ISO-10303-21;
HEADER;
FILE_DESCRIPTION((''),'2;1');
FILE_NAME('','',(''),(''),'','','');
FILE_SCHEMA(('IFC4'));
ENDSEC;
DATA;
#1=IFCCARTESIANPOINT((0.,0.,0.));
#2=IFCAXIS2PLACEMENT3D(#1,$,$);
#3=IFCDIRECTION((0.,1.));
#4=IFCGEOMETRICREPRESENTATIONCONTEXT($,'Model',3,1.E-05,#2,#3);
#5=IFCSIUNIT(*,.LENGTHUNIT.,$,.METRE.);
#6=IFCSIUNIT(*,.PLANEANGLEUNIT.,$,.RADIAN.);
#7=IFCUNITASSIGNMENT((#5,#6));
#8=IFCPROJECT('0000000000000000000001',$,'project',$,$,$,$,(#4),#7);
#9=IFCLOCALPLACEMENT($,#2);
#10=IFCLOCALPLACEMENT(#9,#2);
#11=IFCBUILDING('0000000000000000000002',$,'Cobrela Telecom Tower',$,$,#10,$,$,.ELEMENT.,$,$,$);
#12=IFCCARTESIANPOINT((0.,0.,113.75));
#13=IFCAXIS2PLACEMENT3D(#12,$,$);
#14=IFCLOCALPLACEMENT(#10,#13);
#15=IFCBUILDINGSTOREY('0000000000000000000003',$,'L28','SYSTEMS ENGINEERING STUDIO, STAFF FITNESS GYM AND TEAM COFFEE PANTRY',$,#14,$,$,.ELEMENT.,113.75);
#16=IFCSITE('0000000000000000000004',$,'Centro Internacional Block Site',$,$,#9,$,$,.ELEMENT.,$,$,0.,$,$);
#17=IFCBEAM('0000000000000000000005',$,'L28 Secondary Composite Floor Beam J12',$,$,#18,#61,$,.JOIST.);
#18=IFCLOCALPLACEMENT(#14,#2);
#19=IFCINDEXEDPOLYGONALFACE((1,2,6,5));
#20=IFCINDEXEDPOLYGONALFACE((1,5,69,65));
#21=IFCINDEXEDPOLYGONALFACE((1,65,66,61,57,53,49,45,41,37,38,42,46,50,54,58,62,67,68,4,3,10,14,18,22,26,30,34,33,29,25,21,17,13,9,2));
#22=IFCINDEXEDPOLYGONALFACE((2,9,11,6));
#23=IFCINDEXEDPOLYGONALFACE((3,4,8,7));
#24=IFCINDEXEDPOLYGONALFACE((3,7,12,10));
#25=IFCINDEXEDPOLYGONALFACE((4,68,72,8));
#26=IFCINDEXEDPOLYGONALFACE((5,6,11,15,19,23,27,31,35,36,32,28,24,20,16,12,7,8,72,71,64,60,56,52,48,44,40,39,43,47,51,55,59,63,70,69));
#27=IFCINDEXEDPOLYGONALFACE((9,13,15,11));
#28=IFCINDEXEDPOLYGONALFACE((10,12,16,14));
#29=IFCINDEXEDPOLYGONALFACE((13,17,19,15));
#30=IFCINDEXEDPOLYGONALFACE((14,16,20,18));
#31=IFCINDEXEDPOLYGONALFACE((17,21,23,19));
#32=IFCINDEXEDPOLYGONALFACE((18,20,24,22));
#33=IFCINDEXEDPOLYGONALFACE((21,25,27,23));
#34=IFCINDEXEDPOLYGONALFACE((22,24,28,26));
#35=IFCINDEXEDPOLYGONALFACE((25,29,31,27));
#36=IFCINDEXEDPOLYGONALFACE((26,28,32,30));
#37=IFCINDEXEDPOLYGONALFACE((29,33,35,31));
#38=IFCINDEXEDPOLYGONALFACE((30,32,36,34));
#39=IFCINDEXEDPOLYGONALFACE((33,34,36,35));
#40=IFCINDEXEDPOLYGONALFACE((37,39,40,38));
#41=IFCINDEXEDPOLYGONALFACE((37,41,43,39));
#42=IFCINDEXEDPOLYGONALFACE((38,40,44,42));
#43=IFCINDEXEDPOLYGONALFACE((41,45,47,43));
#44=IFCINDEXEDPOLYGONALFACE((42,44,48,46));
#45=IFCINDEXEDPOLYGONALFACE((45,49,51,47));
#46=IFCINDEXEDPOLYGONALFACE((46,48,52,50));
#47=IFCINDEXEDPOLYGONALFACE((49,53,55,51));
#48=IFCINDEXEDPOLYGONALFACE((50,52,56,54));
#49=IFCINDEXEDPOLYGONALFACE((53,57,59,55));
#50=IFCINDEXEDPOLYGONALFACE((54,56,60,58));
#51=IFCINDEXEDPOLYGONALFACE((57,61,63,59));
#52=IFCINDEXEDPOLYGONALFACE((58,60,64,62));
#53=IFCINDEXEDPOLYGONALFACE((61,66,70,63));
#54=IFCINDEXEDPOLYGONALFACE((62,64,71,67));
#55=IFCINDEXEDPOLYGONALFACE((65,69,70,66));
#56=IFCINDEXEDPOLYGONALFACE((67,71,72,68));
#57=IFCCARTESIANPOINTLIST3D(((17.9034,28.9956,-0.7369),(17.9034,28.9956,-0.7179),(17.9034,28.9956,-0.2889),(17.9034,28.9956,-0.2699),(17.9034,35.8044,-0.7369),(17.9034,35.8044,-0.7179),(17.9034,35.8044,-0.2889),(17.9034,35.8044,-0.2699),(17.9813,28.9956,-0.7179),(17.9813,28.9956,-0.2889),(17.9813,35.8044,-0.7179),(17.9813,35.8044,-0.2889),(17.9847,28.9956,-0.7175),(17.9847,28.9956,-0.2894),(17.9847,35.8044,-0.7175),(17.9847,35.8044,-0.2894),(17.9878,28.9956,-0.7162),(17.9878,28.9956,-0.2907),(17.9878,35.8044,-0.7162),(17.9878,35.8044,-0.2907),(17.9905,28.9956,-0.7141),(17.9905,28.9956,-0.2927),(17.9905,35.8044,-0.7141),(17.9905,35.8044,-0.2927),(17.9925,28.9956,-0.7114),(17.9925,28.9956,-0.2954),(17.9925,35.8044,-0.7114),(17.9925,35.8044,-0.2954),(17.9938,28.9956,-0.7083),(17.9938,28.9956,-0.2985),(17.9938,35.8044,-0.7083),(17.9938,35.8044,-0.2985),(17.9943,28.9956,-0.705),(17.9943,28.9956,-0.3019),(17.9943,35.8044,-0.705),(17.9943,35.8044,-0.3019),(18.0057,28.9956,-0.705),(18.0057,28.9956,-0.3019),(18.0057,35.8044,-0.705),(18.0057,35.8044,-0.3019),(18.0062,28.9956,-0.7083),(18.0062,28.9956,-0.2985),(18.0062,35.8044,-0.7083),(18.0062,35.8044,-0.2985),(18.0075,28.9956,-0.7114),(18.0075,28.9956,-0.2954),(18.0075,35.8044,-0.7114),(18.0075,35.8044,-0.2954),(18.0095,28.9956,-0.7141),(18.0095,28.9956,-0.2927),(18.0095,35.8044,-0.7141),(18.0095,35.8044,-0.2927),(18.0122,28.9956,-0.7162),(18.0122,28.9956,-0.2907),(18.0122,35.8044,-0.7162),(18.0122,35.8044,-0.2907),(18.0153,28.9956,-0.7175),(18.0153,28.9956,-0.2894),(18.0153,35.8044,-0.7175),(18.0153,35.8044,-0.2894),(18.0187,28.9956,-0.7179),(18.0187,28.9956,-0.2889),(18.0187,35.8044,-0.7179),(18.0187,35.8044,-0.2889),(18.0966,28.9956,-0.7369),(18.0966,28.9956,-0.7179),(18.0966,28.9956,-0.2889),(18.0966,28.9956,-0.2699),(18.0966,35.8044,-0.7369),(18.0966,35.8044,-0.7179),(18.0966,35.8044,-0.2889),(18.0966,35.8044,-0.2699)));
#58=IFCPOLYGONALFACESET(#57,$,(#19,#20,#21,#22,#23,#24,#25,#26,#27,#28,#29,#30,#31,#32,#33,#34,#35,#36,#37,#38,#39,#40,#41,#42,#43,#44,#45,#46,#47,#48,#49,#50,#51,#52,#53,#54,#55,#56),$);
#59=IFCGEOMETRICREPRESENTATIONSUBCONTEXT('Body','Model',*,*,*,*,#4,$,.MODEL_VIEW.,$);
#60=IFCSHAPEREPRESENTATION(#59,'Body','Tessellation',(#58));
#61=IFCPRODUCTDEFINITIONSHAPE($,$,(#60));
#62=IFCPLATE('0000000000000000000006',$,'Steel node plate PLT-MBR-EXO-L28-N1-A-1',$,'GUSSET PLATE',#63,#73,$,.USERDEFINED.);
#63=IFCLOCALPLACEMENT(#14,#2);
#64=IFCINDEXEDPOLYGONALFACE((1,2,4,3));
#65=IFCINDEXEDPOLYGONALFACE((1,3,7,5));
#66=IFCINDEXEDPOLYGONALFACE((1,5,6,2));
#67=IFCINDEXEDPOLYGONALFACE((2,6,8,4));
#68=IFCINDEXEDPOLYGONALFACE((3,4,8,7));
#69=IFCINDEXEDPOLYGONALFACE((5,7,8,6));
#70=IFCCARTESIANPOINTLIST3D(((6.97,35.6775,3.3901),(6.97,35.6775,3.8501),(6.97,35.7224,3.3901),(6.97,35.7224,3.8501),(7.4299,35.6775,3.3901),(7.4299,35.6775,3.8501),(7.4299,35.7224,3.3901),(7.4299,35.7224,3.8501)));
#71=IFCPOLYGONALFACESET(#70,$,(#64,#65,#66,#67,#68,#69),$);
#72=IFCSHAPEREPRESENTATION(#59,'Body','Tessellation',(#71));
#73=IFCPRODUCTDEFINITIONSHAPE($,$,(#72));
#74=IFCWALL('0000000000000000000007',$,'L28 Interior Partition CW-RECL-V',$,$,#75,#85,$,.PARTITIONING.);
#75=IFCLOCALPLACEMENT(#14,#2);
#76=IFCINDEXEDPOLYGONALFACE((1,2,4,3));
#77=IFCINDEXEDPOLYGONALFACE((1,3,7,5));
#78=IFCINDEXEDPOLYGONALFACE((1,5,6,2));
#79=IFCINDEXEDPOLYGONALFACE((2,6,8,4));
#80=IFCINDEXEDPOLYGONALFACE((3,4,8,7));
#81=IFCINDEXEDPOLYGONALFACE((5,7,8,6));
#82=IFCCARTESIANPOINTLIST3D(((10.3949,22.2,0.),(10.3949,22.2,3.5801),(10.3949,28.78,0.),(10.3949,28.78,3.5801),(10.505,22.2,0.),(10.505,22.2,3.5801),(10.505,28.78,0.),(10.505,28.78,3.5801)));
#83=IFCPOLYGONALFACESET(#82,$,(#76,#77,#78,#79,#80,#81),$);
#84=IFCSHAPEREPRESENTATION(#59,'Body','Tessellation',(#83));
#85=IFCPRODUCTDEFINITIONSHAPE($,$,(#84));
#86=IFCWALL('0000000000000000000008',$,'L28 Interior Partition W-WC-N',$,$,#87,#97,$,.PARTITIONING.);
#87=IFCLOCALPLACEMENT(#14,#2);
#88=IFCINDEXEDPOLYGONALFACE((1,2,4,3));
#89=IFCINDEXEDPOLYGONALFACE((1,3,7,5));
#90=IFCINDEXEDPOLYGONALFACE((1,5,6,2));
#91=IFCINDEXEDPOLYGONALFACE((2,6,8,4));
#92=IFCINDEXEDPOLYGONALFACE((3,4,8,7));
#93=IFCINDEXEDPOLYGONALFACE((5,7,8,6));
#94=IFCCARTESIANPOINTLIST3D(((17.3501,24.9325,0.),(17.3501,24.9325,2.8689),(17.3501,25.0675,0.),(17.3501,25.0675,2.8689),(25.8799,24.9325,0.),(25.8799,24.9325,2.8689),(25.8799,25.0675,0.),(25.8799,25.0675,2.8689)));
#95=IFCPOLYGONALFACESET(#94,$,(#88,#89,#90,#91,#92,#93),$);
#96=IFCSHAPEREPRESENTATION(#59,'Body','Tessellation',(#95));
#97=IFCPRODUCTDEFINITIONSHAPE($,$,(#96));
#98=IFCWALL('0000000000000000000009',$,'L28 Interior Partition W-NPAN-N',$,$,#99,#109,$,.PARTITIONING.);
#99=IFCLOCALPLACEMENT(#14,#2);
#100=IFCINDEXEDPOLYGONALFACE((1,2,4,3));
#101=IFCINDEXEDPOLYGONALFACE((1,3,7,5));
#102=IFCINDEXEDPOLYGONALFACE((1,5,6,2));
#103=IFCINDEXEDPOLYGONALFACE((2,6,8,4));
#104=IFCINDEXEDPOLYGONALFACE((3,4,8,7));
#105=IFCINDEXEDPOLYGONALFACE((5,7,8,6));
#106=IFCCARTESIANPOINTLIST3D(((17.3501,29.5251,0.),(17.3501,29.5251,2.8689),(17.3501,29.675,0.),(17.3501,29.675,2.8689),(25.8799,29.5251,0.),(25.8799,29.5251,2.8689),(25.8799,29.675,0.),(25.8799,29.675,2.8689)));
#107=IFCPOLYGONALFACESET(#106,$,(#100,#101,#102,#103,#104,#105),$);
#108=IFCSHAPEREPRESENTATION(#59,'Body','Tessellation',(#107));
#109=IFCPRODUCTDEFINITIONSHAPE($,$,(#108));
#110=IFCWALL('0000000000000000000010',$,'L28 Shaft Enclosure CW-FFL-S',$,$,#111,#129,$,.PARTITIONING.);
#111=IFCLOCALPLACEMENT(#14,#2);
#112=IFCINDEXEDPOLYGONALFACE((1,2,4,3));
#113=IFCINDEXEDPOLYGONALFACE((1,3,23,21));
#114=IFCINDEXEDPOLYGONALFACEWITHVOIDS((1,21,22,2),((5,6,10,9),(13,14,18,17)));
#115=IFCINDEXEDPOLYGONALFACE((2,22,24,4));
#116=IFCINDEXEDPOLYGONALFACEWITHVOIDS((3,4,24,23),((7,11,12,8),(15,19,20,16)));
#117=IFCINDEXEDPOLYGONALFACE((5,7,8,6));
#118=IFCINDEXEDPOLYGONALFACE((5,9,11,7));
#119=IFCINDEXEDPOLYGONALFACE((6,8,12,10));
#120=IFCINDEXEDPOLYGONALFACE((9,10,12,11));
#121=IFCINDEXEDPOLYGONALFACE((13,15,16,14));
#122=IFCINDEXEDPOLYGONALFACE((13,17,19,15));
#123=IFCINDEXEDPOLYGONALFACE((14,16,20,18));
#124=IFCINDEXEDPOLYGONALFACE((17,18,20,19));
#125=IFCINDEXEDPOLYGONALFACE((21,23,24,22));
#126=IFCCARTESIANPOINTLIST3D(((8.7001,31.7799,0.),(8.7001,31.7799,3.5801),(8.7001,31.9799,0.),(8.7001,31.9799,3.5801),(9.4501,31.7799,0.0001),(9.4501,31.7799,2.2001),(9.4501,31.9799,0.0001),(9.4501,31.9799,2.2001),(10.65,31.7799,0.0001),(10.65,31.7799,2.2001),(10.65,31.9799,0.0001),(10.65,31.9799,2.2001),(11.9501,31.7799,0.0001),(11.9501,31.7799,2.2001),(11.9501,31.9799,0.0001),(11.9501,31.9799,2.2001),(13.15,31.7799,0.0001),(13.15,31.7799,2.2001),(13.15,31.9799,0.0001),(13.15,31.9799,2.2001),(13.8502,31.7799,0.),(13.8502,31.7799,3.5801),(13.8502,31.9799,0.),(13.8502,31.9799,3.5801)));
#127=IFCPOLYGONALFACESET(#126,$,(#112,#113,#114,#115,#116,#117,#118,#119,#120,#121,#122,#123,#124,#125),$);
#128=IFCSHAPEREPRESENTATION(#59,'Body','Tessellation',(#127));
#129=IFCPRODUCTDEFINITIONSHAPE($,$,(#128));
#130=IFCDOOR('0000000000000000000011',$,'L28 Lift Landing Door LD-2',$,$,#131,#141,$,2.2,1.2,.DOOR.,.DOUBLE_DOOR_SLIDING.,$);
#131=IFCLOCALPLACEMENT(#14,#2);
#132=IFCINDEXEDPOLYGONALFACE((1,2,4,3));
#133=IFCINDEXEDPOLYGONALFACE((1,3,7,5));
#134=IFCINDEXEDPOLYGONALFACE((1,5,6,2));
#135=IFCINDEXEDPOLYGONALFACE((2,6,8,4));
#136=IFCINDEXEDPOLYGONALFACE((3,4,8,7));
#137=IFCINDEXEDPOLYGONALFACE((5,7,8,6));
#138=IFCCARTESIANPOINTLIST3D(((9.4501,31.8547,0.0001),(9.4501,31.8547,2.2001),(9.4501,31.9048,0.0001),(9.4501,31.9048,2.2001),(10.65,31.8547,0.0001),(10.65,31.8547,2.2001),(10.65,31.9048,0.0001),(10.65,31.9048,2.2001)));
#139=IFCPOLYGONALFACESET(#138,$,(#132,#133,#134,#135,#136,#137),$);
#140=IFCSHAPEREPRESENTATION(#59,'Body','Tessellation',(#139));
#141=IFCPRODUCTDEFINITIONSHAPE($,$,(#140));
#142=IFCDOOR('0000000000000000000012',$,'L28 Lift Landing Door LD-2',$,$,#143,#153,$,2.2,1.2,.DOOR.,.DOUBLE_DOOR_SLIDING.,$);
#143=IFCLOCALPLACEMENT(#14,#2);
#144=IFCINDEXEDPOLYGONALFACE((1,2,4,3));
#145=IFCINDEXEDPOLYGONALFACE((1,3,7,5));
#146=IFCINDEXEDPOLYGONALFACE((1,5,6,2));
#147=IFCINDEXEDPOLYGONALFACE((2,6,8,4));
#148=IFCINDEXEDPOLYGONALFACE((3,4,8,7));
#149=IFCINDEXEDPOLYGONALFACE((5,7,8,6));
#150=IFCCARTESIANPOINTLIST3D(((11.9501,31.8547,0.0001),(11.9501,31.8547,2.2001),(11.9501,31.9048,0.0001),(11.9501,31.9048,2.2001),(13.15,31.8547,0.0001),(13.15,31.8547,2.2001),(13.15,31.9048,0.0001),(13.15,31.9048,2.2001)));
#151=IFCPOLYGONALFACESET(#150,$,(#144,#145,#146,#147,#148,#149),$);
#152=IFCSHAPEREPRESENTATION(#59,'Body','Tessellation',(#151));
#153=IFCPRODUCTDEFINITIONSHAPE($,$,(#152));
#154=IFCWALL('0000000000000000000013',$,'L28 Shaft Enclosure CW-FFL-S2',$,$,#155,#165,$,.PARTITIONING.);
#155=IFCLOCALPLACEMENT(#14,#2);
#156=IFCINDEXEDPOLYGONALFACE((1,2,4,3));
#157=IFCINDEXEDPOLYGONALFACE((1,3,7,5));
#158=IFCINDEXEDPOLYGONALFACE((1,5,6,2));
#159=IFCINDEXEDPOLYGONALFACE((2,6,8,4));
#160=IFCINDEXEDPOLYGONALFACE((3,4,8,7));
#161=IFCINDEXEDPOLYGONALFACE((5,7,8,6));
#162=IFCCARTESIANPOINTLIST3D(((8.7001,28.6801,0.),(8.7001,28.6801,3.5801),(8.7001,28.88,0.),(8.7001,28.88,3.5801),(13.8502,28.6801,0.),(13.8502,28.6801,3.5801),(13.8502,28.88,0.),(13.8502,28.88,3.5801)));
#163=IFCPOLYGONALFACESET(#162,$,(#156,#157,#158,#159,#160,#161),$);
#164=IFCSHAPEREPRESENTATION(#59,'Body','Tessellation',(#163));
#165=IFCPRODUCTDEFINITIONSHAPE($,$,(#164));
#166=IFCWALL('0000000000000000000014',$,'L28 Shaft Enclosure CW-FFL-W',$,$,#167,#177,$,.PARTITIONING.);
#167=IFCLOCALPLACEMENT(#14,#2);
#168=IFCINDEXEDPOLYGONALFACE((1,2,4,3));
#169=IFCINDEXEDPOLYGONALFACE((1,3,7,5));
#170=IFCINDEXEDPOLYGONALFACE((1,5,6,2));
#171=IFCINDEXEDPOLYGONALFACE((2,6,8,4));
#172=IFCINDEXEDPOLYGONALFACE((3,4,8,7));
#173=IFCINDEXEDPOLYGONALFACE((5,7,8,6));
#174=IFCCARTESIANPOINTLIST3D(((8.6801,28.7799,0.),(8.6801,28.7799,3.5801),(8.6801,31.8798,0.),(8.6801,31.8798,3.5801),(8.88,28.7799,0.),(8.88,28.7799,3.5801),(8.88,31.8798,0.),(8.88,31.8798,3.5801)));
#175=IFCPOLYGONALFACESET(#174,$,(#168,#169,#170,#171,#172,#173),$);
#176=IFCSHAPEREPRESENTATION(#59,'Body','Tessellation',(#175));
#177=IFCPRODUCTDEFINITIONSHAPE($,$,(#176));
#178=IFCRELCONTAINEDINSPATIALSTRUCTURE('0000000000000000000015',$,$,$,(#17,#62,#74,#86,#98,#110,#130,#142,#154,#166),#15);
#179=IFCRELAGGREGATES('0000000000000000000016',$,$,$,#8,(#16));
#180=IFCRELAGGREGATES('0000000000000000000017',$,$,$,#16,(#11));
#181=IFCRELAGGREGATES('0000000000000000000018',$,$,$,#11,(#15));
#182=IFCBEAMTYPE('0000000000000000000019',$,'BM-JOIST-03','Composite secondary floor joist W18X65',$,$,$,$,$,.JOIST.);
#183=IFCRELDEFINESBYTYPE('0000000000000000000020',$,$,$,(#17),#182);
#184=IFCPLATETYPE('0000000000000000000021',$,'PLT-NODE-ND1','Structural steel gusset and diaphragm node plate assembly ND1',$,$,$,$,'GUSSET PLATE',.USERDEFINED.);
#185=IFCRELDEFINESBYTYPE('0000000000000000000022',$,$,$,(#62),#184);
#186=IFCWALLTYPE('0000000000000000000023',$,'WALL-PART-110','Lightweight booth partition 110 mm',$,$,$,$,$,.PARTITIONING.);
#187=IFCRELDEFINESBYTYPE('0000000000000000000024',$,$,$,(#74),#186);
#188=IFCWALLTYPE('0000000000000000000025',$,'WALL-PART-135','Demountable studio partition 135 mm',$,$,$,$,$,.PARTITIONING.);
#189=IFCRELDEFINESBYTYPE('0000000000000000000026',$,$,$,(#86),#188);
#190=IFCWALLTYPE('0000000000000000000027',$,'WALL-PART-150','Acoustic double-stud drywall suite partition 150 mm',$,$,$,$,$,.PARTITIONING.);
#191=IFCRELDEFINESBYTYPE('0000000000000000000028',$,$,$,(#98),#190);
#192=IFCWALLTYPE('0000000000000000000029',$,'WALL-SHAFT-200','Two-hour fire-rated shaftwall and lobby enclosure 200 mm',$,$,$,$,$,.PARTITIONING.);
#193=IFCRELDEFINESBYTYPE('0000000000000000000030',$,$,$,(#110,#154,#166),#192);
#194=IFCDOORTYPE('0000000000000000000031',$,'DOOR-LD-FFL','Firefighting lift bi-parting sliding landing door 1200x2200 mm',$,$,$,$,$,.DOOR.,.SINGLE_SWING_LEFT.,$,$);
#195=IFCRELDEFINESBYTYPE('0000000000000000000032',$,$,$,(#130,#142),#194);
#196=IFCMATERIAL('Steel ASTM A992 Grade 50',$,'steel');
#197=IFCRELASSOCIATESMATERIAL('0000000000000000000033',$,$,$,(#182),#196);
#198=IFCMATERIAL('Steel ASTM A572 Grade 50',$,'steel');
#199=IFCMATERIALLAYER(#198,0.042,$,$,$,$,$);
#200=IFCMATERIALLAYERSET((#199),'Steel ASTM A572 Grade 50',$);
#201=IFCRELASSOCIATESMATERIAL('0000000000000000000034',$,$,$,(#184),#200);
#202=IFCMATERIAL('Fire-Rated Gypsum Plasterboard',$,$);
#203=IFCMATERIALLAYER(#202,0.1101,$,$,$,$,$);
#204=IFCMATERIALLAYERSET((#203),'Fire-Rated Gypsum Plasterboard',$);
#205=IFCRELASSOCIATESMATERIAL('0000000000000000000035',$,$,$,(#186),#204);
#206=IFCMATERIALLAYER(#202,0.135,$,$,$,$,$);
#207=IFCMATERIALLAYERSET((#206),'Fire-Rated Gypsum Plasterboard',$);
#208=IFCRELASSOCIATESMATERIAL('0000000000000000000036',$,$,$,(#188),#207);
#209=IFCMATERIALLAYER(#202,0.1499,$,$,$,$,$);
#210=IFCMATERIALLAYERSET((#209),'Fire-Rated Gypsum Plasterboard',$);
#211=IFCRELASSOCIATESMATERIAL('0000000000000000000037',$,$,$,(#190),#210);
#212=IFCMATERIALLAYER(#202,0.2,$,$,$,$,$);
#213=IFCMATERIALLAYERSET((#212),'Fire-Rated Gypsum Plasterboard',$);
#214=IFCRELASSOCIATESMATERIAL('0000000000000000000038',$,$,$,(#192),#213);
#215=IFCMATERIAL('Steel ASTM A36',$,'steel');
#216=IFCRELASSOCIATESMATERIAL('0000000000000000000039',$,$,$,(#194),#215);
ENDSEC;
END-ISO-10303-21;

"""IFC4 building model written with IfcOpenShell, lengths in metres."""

from ifc_helpers import new_model, si_unit, direction, frame, frame_2d, origin, origin_2d, place, context, subcontext, project, spatial, rectangle, i_section, extrude, material, layer, layer_set, material_profile, profile_set, type_object, element, fill, save


model = new_model("IFC4")

# Units and contexts
model_context = context("Model", 3, precision=1e-05, world=origin(), true_north=direction((0.0, 1.0)))
body_context = subcontext(model_context, "Body", "Model", "MODEL_VIEW")
ifc_project = project(units=[si_unit("LENGTHUNIT", "METRE"), si_unit("PLANEANGLEUNIT", "RADIAN")], contexts=[model_context])

# Site, building, storey
site_placement = place(None, origin())
site = spatial("IfcSite", under=ifc_project, at=site_placement, Name="Centro Internacional Block Site", CompositionType="ELEMENT", RefElevation=0.0)
building_placement = place(site_placement, origin())
building = spatial("IfcBuilding", under=site, at=building_placement, Name="Cobrela Telecom Tower", CompositionType="ELEMENT")
storey_placement = place(building_placement, frame((0.0, 0.0, 113.75)))
storey = spatial("IfcBuildingStorey", under=building, at=storey_placement, Name="L28", Description="SYSTEMS ENGINEERING STUDIO, STAFF FITNESS GYM AND TEAM COFFEE PANTRY", CompositionType="ELEMENT", Elevation=113.75)

# Beam
ifc_material_1 = material(Name="Steel ASTM A992 Grade 50", Category="steel")
ifc_material_profile_1 = material_profile(ifc_material_1, i_section(OverallWidth=0.1931, OverallDepth=0.467, WebThickness=0.0115, FlangeThickness=0.019, FilletRadius=0.0129, at=origin_2d()), Name="W18X65")
ifc_profile_set_1 = profile_set([ifc_material_profile_1], Name="Steel ASTM A992 Grade 50")
beam_type_1 = type_object("IfcBeamType", Name="BM-JOIST-03", Description="Composite secondary floor joist W18X65", PredefinedType="JOIST", material=ifc_profile_set_1)
for number, where, z_axis, x_axis, name in (
    (1, (18.0, 28.9956, -0.5034), (0.0, 1.0, 0.0), (-1.0, 0.0, 0.0), "L28 Secondary Composite Floor Beam J12"),
):
    element("IfcBeam", number, at=place(storey_placement, frame(where, z_axis=z_axis, x_axis=x_axis)), inside=storey, type_object=beam_type_1, Name=name, PredefinedType="JOIST", context=body_context, shape_type="SweptSolid", body=[
        extrude(i_section(OverallWidth=0.1931, OverallDepth=0.467, WebThickness=0.0115, FlangeThickness=0.019, FilletRadius=0.0129, at=origin_2d()), origin(), (0.0, 0.0, 1.0), 6.8088),
    ])

# Plate
ifc_material_2 = material(Name="Steel ASTM A572 Grade 50", Category="steel")
ifc_layer_1 = layer(ifc_material_2, 0.042)
ifc_layer_set_1 = layer_set([ifc_layer_1], Name="Steel ASTM A572 Grade 50")
plate_type = type_object("IfcPlateType", Name="PLT-NODE-ND1", Description="Structural steel gusset and diaphragm node plate assembly ND1", ElementType="GUSSET PLATE", PredefinedType="USERDEFINED", material=ifc_layer_set_1)
plate_placement = place(storey_placement, frame((7.2, 35.7, 3.3901), z_axis=(0.0, 0.0, 1.0), x_axis=(1.0, 0.0, 0.0)))
element("IfcPlate", 2, at=plate_placement, inside=storey, type_object=plate_type, Name="Steel node plate PLT-MBR-EXO-L28-N1-A-1", ObjectType="GUSSET PLATE", PredefinedType="USERDEFINED", context=body_context, shape_type="SweptSolid", body=[
    extrude(rectangle(XDim=0.46, YDim=0.0449, at=origin_2d()), origin(), (0.0, 0.0, 1.0), 0.46),
])

# Shared definitions
ifc_material_3 = material(Name="Steel ASTM A36", Category="steel")

# Wall
ifc_material_4 = material(Name="Fire-Rated Gypsum Plasterboard")
ifc_layer_2 = layer(ifc_material_4, 0.1101)
ifc_layer_set_2 = layer_set([ifc_layer_2], Name="Fire-Rated Gypsum Plasterboard")
wall_type_1 = type_object("IfcWallType", Name="WALL-PART-110", Description="Lightweight booth partition 110 mm", PredefinedType="PARTITIONING", material=ifc_layer_set_2)
wall_1_placement = place(storey_placement, frame((10.45, 22.2, 0.0), z_axis=(0.0, 0.0, 1.0), x_axis=(0.0, 1.0, 0.0)))
element("IfcWall", 3, at=wall_1_placement, inside=storey, type_object=wall_type_1, Name="L28 Interior Partition CW-RECL-V", PredefinedType="PARTITIONING", context=body_context, shape_type="SweptSolid", body=[
    extrude(rectangle(XDim=6.5801, YDim=0.1101, at=frame_2d((3.29, 0.0))), origin(), (0.0, 0.0, 1.0), 3.5801),
])

# Shared definitions
ifc_layer_3 = layer(ifc_material_4, 0.135)
ifc_layer_set_3 = layer_set([ifc_layer_3], Name="Fire-Rated Gypsum Plasterboard")
wall_type_2 = type_object("IfcWallType", Name="WALL-PART-135", Description="Demountable studio partition 135 mm", PredefinedType="PARTITIONING", material=ifc_layer_set_3)

# Walls
wall_2_placement = place(storey_placement, frame((17.3501, 25.0, 0.0), z_axis=(0.0, 0.0, 1.0), x_axis=(1.0, 0.0, 0.0)))
element("IfcWall", 4, at=wall_2_placement, inside=storey, type_object=wall_type_2, Name="L28 Interior Partition W-WC-N", PredefinedType="PARTITIONING", context=body_context, shape_type="SweptSolid", body=[
    extrude(rectangle(XDim=8.5298, YDim=0.135, at=frame_2d((4.2649, 0.0))), origin(), (0.0, 0.0, 1.0), 2.8689),
])
ifc_layer_4 = layer(ifc_material_4, 0.1499)
ifc_layer_set_4 = layer_set([ifc_layer_4], Name="Fire-Rated Gypsum Plasterboard")
wall_type_3 = type_object("IfcWallType", Name="WALL-PART-150", Description="Acoustic double-stud drywall suite partition 150 mm", PredefinedType="PARTITIONING", material=ifc_layer_set_4)
wall_3_placement = place(storey_placement, frame((17.3501, 29.6001, 0.0), z_axis=(0.0, 0.0, 1.0), x_axis=(1.0, 0.0, 0.0)))
element("IfcWall", 5, at=wall_3_placement, inside=storey, type_object=wall_type_3, Name="L28 Interior Partition W-NPAN-N", PredefinedType="PARTITIONING", context=body_context, shape_type="SweptSolid", body=[
    extrude(rectangle(XDim=8.5298, YDim=0.1499, at=frame_2d((4.2649, 0.0))), origin(), (0.0, 0.0, 1.0), 2.8689),
])

# Wall, openings, doors
ifc_layer_5 = layer(ifc_material_4, 0.2)
ifc_layer_set_5 = layer_set([ifc_layer_5], Name="Fire-Rated Gypsum Plasterboard")
wall_type_4 = type_object("IfcWallType", Name="WALL-SHAFT-200", Description="Two-hour fire-rated shaftwall and lobby enclosure 200 mm", PredefinedType="PARTITIONING", material=ifc_layer_set_5)
wall_4_placement = place(storey_placement, frame((8.7, 31.8799, 0.0), z_axis=(0.0, 0.0, 1.0), x_axis=(1.0, 0.0, 0.0)))
wall_4 = element("IfcWall", 6, at=wall_4_placement, inside=storey, type_object=wall_type_4, Name="L28 Shaft Enclosure CW-FFL-S", PredefinedType="PARTITIONING", context=body_context, shape_type="SweptSolid", body=[
    extrude(rectangle(XDim=5.1501, YDim=0.2, at=frame_2d((2.5752, 0.0))), origin(), (0.0, 0.0, 1.0), 3.5801),
])
opening_1_placement = place(wall_4_placement, frame((0.75, 0.0, 0.0)))
opening_1 = element("IfcOpeningElement", 7, at=opening_1_placement, cuts=wall_4, PredefinedType="OPENING", context=body_context, shape_type="SweptSolid", body=[
    extrude(rectangle(XDim=1.2, YDim=2.2, at=frame_2d((0.6001, 1.1001))), frame((0.0, 0.1118, 0.0), z_axis=(0.0, -1.0, 0.0), x_axis=(1.0, 0.0, 0.0)), (0.0, 0.0, 1.0), 0.2239),
])
opening_2_placement = place(wall_4_placement, frame((3.25, 0.0, 0.0)))
opening_2 = element("IfcOpeningElement", 8, at=opening_2_placement, cuts=wall_4, PredefinedType="OPENING", context=body_context, shape_type="SweptSolid", body=[
    extrude(rectangle(XDim=1.2, YDim=2.2, at=frame_2d((0.6001, 1.1001))), frame((0.0, 0.1118, 0.0), z_axis=(0.0, -1.0, 0.0), x_axis=(1.0, 0.0, 0.0)), (0.0, 0.0, 1.0), 0.2239),
])
door_type_1 = type_object("IfcDoorType", Name="DOOR-LD-FFL", Description="Firefighting lift bi-parting sliding landing door 1200x2200 mm", OperationType="SINGLE_SWING_LEFT", PredefinedType="DOOR", material=ifc_material_3)
door_1_placement = place(opening_1_placement, origin())
door_1 = element("IfcDoor", 9, at=door_1_placement, inside=storey, type_object=door_type_1, Name="L28 Lift Landing Door LD-2", OperationType="DOUBLE_DOOR_SLIDING", OverallHeight=2.2, OverallWidth=1.2, PredefinedType="DOOR", context=body_context, shape_type="SweptSolid", body=[
    extrude(rectangle(XDim=1.2, YDim=2.2, at=frame_2d((0.6001, 1.1001))), frame((0.0, 0.0249, 0.0), z_axis=(0.0, -1.0, 0.0), x_axis=(1.0, 0.0, 0.0)), (0.0, 0.0, 1.0), 0.05),
])
fill(opening_1, door_1)
door_2_placement = place(opening_2_placement, origin())
door_2 = element("IfcDoor", 10, at=door_2_placement, inside=storey, type_object=door_type_1, Name="L28 Lift Landing Door LD-2", OperationType="DOUBLE_DOOR_SLIDING", OverallHeight=2.2, OverallWidth=1.2, PredefinedType="DOOR", context=body_context, shape_type="SweptSolid", body=[
    extrude(rectangle(XDim=1.2, YDim=2.2, at=frame_2d((0.6001, 1.1001))), frame((0.0, 0.0249, 0.0), z_axis=(0.0, -1.0, 0.0), x_axis=(1.0, 0.0, 0.0)), (0.0, 0.0, 1.0), 0.05),
])
fill(opening_2, door_2)

# Walls
wall_5_placement = place(storey_placement, frame((8.7, 28.78, 0.0), z_axis=(0.0, 0.0, 1.0), x_axis=(1.0, 0.0, 0.0)))
element("IfcWall", 11, at=wall_5_placement, inside=storey, type_object=wall_type_4, Name="L28 Shaft Enclosure CW-FFL-S2", PredefinedType="PARTITIONING", context=body_context, shape_type="SweptSolid", body=[
    extrude(rectangle(XDim=5.1501, YDim=0.2, at=frame_2d((2.5752, 0.0))), origin(), (0.0, 0.0, 1.0), 3.5801),
])
for number, where, z_axis, x_axis, name in (
    (12, (8.78, 28.78, 0.0), (0.0, 0.0, 1.0), (0.0, 1.0, 0.0), "L28 Shaft Enclosure CW-FFL-W"),
):
    element("IfcWall", number, at=place(storey_placement, frame(where, z_axis=z_axis, x_axis=x_axis)), inside=storey, type_object=wall_type_4, Name=name, PredefinedType="PARTITIONING", context=body_context, shape_type="SweptSolid", body=[
        extrude(rectangle(XDim=3.0999, YDim=0.2, at=frame_2d((1.5498, 0.0))), origin(), (0.0, 0.0, 1.0), 3.5801),
    ])

save(model, "model.ifc")
